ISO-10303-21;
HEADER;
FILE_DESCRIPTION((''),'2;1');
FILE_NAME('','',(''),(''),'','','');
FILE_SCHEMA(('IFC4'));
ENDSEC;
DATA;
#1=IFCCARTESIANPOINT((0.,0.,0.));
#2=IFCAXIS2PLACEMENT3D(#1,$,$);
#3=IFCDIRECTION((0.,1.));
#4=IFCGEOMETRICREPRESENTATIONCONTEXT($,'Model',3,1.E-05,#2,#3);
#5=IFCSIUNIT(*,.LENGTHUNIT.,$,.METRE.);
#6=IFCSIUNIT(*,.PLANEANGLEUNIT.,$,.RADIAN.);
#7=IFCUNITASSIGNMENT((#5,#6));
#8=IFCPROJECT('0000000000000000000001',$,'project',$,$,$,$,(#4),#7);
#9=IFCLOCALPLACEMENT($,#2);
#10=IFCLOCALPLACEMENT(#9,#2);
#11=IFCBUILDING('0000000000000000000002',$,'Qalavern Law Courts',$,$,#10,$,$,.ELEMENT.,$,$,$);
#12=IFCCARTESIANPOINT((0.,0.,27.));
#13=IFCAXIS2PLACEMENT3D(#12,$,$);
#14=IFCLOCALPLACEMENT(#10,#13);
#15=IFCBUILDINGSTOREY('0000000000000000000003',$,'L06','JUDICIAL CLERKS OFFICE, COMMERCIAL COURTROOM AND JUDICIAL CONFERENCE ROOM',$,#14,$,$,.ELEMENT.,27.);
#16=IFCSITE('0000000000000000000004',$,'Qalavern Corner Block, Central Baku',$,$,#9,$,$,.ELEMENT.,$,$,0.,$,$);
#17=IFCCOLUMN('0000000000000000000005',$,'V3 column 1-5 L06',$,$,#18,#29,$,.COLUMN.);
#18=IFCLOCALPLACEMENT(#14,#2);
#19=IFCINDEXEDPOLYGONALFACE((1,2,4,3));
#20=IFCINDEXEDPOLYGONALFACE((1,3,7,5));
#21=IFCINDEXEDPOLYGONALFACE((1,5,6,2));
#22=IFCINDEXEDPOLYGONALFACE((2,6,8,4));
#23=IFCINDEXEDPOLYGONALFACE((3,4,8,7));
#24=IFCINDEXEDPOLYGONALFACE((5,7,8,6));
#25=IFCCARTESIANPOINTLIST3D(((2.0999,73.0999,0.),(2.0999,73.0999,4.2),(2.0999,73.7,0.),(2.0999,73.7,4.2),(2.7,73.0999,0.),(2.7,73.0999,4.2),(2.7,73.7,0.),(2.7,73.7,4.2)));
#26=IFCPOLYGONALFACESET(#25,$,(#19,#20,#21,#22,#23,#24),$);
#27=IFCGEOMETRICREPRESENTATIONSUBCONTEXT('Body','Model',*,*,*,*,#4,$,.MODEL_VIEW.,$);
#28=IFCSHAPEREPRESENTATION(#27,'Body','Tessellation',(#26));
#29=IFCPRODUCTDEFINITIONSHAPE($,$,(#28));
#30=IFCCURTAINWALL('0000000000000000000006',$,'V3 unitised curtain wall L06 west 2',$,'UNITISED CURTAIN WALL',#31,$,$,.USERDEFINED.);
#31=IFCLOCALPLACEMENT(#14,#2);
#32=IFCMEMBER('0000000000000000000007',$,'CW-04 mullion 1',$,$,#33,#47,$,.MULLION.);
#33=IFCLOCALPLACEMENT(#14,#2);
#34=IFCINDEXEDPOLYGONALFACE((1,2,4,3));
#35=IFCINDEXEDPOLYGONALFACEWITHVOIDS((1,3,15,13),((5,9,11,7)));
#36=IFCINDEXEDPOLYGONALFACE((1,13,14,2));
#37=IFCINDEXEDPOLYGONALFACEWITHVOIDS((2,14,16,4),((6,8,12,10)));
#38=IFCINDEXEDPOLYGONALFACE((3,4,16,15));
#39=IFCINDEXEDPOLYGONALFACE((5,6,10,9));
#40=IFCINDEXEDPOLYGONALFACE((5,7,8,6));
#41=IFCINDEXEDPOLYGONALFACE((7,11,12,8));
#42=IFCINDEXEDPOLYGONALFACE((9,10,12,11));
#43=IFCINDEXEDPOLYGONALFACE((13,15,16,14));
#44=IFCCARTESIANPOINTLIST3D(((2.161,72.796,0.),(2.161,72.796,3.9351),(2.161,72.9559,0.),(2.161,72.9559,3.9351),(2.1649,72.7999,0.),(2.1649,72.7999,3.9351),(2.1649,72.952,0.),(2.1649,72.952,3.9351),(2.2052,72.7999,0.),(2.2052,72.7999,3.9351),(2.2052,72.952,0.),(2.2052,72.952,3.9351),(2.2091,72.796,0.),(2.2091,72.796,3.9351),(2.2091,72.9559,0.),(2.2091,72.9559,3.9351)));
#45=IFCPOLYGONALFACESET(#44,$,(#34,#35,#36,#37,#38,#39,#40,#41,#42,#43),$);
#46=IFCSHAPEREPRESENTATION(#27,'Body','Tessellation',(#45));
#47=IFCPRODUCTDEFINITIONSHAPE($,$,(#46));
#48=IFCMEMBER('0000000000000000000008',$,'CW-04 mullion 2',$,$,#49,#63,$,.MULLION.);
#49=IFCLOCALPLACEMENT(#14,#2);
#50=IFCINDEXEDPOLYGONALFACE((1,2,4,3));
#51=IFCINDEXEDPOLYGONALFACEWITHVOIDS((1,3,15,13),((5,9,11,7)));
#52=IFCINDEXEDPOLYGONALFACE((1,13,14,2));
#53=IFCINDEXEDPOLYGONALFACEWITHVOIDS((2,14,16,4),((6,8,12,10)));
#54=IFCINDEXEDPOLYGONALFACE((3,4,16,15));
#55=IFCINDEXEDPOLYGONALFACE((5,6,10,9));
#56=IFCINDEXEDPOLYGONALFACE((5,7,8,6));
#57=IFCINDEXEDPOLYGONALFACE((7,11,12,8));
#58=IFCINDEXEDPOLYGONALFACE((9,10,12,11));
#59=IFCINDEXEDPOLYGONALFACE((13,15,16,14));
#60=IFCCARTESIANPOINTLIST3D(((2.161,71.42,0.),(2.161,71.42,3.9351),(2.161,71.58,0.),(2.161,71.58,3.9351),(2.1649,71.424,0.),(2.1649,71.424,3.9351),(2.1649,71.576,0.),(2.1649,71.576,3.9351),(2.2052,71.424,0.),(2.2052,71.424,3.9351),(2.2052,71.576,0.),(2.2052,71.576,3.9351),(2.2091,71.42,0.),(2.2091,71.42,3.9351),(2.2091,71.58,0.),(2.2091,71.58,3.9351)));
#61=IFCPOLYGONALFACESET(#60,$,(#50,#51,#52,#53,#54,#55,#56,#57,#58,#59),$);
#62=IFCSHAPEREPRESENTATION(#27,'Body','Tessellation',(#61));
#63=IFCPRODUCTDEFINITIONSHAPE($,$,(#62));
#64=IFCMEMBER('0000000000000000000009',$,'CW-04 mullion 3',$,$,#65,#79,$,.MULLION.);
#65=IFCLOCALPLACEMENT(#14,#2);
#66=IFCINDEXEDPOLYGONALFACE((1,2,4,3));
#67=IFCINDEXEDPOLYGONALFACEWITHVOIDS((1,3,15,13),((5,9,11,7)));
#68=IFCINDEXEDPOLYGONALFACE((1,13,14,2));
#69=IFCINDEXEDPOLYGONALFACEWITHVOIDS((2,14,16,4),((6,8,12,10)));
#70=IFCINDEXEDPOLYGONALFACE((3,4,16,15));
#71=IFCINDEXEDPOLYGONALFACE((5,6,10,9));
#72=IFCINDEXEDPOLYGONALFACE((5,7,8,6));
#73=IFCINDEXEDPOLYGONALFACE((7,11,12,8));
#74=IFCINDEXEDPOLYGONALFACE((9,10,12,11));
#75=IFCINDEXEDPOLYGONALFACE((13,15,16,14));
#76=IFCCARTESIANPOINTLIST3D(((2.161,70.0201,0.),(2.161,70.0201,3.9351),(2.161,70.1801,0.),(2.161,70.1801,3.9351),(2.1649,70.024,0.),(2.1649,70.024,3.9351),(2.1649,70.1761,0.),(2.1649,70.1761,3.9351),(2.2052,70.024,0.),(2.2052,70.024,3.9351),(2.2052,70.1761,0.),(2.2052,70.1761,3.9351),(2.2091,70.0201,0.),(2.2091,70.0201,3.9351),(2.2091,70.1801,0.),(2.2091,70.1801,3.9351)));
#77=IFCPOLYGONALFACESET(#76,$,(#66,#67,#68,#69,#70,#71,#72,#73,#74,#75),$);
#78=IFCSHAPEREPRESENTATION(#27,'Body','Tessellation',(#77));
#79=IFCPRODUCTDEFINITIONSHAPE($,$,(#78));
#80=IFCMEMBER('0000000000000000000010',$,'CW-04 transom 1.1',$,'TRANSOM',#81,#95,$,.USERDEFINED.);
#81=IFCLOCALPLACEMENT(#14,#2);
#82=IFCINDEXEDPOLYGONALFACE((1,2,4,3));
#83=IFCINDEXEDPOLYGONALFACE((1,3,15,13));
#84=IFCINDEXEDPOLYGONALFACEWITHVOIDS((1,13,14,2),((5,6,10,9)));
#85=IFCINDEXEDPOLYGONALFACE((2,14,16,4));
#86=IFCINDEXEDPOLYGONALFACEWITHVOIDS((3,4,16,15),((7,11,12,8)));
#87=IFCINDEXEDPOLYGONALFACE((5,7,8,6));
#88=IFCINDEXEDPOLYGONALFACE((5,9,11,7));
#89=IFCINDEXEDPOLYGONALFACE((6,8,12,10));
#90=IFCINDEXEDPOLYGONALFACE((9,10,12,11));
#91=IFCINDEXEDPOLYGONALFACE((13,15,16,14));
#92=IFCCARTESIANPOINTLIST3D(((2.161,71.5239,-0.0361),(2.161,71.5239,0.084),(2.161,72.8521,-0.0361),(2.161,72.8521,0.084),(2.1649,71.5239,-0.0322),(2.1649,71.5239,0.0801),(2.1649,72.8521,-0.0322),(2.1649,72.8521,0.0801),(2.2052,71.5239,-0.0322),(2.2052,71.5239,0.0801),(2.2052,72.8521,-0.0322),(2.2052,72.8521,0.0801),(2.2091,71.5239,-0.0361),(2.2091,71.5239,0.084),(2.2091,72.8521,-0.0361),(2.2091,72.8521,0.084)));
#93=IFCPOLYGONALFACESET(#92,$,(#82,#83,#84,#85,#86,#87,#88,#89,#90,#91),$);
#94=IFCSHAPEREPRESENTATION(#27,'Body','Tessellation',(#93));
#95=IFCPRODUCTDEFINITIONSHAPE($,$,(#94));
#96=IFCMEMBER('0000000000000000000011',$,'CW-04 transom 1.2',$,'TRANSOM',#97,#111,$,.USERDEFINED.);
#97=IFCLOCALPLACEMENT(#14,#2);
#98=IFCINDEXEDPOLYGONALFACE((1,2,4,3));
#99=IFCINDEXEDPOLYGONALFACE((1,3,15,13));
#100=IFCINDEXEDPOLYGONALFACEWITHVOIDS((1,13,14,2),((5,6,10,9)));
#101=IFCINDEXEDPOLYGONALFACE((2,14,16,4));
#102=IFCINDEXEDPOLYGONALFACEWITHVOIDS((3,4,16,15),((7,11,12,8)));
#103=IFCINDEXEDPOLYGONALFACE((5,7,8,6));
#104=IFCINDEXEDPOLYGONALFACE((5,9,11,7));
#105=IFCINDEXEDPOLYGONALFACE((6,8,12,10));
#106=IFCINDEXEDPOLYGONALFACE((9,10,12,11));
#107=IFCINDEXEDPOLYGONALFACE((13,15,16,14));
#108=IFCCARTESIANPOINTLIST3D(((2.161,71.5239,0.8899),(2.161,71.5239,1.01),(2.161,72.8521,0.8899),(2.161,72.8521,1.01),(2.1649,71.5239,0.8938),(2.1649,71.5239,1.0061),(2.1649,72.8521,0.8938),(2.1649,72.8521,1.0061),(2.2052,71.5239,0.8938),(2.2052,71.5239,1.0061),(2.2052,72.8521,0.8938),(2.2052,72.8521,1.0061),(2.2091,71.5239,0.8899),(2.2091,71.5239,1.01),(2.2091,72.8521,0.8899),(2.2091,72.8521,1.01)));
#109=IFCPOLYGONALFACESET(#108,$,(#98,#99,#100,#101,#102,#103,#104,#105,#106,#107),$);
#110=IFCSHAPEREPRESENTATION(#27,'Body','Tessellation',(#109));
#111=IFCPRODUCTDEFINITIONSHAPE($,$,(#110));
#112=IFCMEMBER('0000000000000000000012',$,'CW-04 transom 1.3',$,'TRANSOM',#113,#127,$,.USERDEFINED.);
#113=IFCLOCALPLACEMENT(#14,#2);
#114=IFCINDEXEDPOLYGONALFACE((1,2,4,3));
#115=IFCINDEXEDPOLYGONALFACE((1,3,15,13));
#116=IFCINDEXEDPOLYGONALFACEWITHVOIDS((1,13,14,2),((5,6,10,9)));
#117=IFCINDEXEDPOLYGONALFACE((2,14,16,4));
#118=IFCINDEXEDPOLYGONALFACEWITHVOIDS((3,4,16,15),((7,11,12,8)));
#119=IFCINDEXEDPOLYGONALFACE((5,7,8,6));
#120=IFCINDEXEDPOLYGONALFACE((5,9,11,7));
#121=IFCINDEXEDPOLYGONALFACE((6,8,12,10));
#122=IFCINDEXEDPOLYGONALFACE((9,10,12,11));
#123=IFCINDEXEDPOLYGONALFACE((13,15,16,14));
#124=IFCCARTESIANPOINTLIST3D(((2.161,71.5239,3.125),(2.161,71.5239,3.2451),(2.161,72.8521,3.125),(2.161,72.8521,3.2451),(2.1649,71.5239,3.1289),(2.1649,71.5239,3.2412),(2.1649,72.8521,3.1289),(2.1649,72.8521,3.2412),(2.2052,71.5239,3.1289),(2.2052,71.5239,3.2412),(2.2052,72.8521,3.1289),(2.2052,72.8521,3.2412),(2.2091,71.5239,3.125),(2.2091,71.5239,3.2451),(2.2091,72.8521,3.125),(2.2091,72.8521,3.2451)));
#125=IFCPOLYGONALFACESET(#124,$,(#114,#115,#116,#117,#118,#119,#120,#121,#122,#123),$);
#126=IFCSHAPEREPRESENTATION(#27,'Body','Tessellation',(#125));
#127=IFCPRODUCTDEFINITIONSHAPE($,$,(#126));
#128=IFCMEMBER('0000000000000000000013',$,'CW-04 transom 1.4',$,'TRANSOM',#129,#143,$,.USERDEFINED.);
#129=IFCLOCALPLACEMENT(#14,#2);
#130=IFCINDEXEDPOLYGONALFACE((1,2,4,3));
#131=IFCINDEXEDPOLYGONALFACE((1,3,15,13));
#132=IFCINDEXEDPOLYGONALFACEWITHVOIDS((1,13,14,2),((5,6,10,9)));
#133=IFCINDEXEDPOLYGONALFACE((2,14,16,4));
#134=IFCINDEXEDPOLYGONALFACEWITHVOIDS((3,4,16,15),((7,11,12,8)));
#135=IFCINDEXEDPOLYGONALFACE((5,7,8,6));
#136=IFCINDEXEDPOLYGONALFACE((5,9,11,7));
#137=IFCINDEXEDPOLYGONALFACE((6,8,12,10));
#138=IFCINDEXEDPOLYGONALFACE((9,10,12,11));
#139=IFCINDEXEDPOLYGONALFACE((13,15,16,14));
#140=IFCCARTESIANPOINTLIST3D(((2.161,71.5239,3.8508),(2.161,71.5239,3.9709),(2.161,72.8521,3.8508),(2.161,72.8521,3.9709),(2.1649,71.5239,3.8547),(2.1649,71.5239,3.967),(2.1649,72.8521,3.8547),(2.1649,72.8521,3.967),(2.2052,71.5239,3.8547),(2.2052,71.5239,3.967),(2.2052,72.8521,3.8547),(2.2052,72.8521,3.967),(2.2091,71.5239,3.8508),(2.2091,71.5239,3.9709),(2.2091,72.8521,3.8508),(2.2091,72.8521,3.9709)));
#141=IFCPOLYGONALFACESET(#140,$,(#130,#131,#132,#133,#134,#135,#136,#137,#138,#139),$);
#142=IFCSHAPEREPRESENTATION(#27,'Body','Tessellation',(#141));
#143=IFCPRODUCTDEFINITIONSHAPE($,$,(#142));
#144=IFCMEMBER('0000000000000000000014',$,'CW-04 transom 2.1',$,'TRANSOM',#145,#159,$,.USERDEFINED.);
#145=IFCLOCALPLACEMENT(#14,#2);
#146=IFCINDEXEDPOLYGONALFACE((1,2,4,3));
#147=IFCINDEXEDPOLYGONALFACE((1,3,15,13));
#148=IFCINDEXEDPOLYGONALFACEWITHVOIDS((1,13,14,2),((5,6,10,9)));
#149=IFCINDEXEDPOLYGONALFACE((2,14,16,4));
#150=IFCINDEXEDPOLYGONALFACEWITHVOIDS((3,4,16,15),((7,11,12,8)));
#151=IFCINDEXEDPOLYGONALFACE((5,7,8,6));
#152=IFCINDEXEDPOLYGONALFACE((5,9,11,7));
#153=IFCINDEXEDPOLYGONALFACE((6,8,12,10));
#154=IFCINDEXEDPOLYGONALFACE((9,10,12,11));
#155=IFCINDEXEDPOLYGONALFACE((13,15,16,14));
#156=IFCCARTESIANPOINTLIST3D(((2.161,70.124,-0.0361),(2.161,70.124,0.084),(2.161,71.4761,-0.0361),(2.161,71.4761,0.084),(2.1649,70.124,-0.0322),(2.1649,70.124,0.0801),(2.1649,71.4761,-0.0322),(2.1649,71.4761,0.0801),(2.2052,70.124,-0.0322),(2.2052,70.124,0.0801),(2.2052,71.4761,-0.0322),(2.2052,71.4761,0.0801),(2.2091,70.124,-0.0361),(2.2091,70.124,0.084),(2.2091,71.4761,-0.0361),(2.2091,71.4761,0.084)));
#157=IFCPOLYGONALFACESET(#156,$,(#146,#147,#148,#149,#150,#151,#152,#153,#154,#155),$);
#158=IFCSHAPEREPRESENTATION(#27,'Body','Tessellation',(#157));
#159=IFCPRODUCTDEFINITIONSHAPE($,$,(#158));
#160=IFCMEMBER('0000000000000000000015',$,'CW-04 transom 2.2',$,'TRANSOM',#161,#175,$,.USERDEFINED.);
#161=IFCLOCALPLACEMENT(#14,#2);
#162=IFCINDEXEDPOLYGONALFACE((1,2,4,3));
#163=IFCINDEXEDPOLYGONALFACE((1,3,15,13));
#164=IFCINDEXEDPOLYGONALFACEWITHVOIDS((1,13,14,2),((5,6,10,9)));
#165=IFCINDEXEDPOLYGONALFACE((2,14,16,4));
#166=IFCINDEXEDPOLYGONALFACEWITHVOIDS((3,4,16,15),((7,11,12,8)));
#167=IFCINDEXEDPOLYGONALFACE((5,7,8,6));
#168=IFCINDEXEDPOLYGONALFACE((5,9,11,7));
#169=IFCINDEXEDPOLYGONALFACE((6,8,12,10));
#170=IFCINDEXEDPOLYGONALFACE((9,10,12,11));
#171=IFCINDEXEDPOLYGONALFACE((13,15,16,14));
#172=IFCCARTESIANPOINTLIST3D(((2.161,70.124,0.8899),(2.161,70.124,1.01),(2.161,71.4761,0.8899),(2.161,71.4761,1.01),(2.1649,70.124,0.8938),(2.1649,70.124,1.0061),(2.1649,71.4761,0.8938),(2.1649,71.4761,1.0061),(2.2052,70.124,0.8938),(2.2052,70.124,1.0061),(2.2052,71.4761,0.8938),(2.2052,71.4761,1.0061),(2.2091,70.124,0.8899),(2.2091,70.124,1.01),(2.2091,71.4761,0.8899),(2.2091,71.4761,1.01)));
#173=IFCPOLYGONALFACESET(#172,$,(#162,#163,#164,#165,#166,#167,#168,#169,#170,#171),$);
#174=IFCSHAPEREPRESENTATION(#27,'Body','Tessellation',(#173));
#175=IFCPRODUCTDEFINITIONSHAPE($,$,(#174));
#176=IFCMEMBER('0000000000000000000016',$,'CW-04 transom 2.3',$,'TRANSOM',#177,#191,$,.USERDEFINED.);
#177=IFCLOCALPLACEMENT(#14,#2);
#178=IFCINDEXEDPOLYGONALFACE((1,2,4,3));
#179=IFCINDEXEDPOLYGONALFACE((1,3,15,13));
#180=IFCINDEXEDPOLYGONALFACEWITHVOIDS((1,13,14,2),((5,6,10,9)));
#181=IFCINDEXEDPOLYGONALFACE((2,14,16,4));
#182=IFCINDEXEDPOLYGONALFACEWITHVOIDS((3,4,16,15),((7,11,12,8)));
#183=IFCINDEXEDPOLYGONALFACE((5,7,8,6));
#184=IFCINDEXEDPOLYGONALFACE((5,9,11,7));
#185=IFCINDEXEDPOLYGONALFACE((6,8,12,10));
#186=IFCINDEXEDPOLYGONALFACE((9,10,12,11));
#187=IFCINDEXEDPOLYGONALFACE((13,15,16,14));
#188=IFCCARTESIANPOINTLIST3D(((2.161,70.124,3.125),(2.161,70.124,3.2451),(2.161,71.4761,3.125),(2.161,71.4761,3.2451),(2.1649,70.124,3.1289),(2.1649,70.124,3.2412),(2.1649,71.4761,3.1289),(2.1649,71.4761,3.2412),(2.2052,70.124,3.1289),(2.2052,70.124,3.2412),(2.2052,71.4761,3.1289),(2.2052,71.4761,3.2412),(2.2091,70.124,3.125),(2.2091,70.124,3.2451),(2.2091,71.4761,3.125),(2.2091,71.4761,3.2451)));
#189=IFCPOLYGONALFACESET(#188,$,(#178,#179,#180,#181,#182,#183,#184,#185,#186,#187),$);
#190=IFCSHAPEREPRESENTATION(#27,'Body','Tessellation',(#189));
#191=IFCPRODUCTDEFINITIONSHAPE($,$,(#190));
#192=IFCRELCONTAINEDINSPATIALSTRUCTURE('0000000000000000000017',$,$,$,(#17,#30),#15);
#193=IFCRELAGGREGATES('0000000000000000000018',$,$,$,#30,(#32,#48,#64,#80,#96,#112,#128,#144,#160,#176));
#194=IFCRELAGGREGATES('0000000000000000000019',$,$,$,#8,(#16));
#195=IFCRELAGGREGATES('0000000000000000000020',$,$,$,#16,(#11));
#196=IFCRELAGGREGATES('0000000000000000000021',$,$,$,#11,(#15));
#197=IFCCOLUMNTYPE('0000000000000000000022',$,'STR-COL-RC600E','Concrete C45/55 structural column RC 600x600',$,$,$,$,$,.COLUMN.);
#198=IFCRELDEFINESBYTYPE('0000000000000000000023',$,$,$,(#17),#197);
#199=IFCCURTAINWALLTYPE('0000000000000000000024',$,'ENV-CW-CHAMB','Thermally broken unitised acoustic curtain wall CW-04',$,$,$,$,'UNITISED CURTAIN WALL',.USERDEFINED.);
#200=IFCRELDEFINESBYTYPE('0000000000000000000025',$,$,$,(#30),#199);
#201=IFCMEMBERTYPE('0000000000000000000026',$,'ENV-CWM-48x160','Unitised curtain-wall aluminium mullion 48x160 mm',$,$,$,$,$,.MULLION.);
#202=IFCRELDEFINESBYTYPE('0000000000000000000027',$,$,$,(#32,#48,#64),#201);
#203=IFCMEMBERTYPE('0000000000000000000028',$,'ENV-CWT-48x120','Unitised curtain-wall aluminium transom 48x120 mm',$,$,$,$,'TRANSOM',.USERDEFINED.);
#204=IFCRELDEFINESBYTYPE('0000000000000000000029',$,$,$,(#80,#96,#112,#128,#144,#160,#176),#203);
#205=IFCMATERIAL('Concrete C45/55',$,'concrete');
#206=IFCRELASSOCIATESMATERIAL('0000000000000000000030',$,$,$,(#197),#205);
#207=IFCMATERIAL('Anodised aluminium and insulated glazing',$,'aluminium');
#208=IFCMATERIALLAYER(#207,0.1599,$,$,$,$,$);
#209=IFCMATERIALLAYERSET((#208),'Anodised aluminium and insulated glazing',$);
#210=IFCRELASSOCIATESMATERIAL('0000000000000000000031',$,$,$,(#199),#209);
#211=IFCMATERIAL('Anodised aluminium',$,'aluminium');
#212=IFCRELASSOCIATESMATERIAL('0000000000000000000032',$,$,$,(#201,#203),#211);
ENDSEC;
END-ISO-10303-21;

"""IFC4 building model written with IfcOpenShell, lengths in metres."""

from ifc_helpers import new_model, si_unit, direction, frame, origin, origin_2d, place, context, subcontext, project, spatial, rectangle, hollow_rectangle, extrude, material, layer, layer_set, material_profile, profile_set, type_object, element, aggregate, save


model = new_model("IFC4")

# Units and contexts
model_context = context("Model", 3, precision=1e-05, world=origin(), true_north=direction((0.0, 1.0)))
body_context = subcontext(model_context, "Body", "Model", "MODEL_VIEW")
ifc_project = project(units=[si_unit("LENGTHUNIT", "METRE"), si_unit("PLANEANGLEUNIT", "RADIAN")], contexts=[model_context])

# Site, building, storey
site_placement = place(None, origin())
site = spatial("IfcSite", under=ifc_project, at=site_placement, Name="Qalavern Corner Block, Central Baku", CompositionType="ELEMENT", RefElevation=0.0)
building_placement = place(site_placement, origin())
building = spatial("IfcBuilding", under=site, at=building_placement, Name="Qalavern Law Courts", CompositionType="ELEMENT")
storey_placement = place(building_placement, frame((0.0, 0.0, 27.0)))
storey = spatial("IfcBuildingStorey", under=building, at=storey_placement, Name="L06", Description="JUDICIAL CLERKS OFFICE, COMMERCIAL COURTROOM AND JUDICIAL CONFERENCE ROOM", CompositionType="ELEMENT", Elevation=27.0)

# Column
ifc_material_1 = material(Name="Concrete C45/55", Category="concrete")
ifc_material_profile_1 = material_profile(ifc_material_1, rectangle(XDim=0.6001, YDim=0.6001, at=origin_2d()), Name="RC 600x600")
ifc_profile_set_1 = profile_set([ifc_material_profile_1], Name="Concrete C45/55")
column_type = type_object("IfcColumnType", Name="STR-COL-RC600E", Description="Concrete C45/55 structural column RC 600x600", PredefinedType="COLUMN", material=ifc_profile_set_1)
column_placement = place(storey_placement, frame((2.3999, 73.3999, 0.0), z_axis=(0.0, 0.0, 1.0), x_axis=(1.0, 0.0, 0.0)))
element("IfcColumn", 1, at=column_placement, inside=storey, type_object=column_type, Name="V3 column 1-5 L06", PredefinedType="COLUMN", context=body_context, shape_type="SweptSolid", body=[
    extrude(rectangle(XDim=0.6001, YDim=0.6001, at=origin_2d()), origin(), (0.0, 0.0, 1.0), 4.2),
])

# Curtain wall, members
ifc_material_2 = material(Name="Anodised aluminium and insulated glazing", Category="aluminium")
ifc_layer_1 = layer(ifc_material_2, 0.1599)
ifc_layer_set_1 = layer_set([ifc_layer_1], Name="Anodised aluminium and insulated glazing")
curtain_wall_type = type_object("IfcCurtainWallType", Name="ENV-CW-CHAMB", Description="Thermally broken unitised acoustic curtain wall CW-04", ElementType="UNITISED CURTAIN WALL", PredefinedType="USERDEFINED", material=ifc_layer_set_1)
curtain_wall_placement = place(storey_placement, origin())
curtain_wall = element("IfcCurtainWall", 2, at=curtain_wall_placement, inside=storey, type_object=curtain_wall_type, Name="V3 unitised curtain wall L06 west 2", ObjectType="UNITISED CURTAIN WALL", PredefinedType="USERDEFINED")
ifc_material_3 = material(Name="Anodised aluminium", Category="aluminium")
ifc_material_profile_2 = material_profile(ifc_material_3, hollow_rectangle(XDim=0.0481, YDim=0.1599, WallThickness=0.0039, at=origin_2d()), Name="ALU MULLION 48x160")
ifc_profile_set_2 = profile_set([ifc_material_profile_2], Name="Anodised aluminium")
member_type_1 = type_object("IfcMemberType", Name="ENV-CWM-48x160", Description="Unitised curtain-wall aluminium mullion 48x160 mm", PredefinedType="MULLION", material=ifc_profile_set_2)
member_1_placement = place(storey_placement, frame((2.1851, 72.876, 0.0), z_axis=(0.0, 0.0, 1.0), x_axis=(1.0, 0.0, 0.0)))
member_1 = element("IfcMember", 3, at=member_1_placement, type_object=member_type_1, Name="CW-04 mullion 1", PredefinedType="MULLION", context=body_context, shape_type="SweptSolid", body=[
    extrude(hollow_rectangle(XDim=0.0481, YDim=0.1599, WallThickness=0.0039, at=origin_2d()), origin(), (0.0, 0.0, 1.0), 3.9351),
])
member_2_placement = place(storey_placement, frame((2.1851, 71.5, 0.0), z_axis=(0.0, 0.0, 1.0), x_axis=(1.0, 0.0, 0.0)))
member_2 = element("IfcMember", 4, at=member_2_placement, type_object=member_type_1, Name="CW-04 mullion 2", PredefinedType="MULLION", context=body_context, shape_type="SweptSolid", body=[
    extrude(hollow_rectangle(XDim=0.0481, YDim=0.1599, WallThickness=0.0039, at=origin_2d()), origin(), (0.0, 0.0, 1.0), 3.9351),
])
member_3_placement = place(storey_placement, frame((2.1851, 70.1001, 0.0), z_axis=(0.0, 0.0, 1.0), x_axis=(1.0, 0.0, 0.0)))
member_3 = element("IfcMember", 5, at=member_3_placement, type_object=member_type_1, Name="CW-04 mullion 3", PredefinedType="MULLION", context=body_context, shape_type="SweptSolid", body=[
    extrude(hollow_rectangle(XDim=0.0481, YDim=0.1599, WallThickness=0.0039, at=origin_2d()), origin(), (0.0, 0.0, 1.0), 3.9351),
])
ifc_material_profile_3 = material_profile(ifc_material_3, hollow_rectangle(XDim=0.0481, YDim=0.1201, WallThickness=0.0039, at=origin_2d()), Name="ALU TRANSOM 48x120")
ifc_profile_set_3 = profile_set([ifc_material_profile_3], Name="Anodised aluminium")
member_type_2 = type_object("IfcMemberType", Name="ENV-CWT-48x120", Description="Unitised curtain-wall aluminium transom 48x120 mm", ElementType="TRANSOM", PredefinedType="USERDEFINED", material=ifc_profile_set_3)
member_4_placement = place(storey_placement, frame((2.1851, 72.8521, 0.0239), z_axis=(0.0, -1.0, 0.0), x_axis=(1.0, 0.0, 0.0)))
member_4 = element("IfcMember", 6, at=member_4_placement, type_object=member_type_2, Name="CW-04 transom 1.1", ObjectType="TRANSOM", PredefinedType="USERDEFINED", context=body_context, shape_type="SweptSolid", body=[
    extrude(hollow_rectangle(XDim=0.0481, YDim=0.1201, WallThickness=0.0039, at=origin_2d()), origin(), (0.0, 0.0, 1.0), 1.3281),
])
member_5_placement = place(storey_placement, frame((2.1851, 72.8521, 0.95), z_axis=(0.0, -1.0, 0.0), x_axis=(1.0, 0.0, 0.0)))
member_5 = element("IfcMember", 7, at=member_5_placement, type_object=member_type_2, Name="CW-04 transom 1.2", ObjectType="TRANSOM", PredefinedType="USERDEFINED", context=body_context, shape_type="SweptSolid", body=[
    extrude(hollow_rectangle(XDim=0.0481, YDim=0.1201, WallThickness=0.0039, at=origin_2d()), origin(), (0.0, 0.0, 1.0), 1.3281),
])
member_6_placement = place(storey_placement, frame((2.1851, 72.8521, 3.1851), z_axis=(0.0, -1.0, 0.0), x_axis=(1.0, 0.0, 0.0)))
member_6 = element("IfcMember", 8, at=member_6_placement, type_object=member_type_2, Name="CW-04 transom 1.3", ObjectType="TRANSOM", PredefinedType="USERDEFINED", context=body_context, shape_type="SweptSolid", body=[
    extrude(hollow_rectangle(XDim=0.0481, YDim=0.1201, WallThickness=0.0039, at=origin_2d()), origin(), (0.0, 0.0, 1.0), 1.3281),
])
member_7_placement = place(storey_placement, frame((2.1851, 72.8521, 3.9109), z_axis=(0.0, -1.0, 0.0), x_axis=(1.0, 0.0, 0.0)))
member_7 = element("IfcMember", 9, at=member_7_placement, type_object=member_type_2, Name="CW-04 transom 1.4", ObjectType="TRANSOM", PredefinedType="USERDEFINED", context=body_context, shape_type="SweptSolid", body=[
    extrude(hollow_rectangle(XDim=0.0481, YDim=0.1201, WallThickness=0.0039, at=origin_2d()), origin(), (0.0, 0.0, 1.0), 1.3281),
])
member_8_placement = place(storey_placement, frame((2.1851, 71.4761, 0.0239), z_axis=(0.0, -1.0, 0.0), x_axis=(1.0, 0.0, 0.0)))
member_8 = element("IfcMember", 10, at=member_8_placement, type_object=member_type_2, Name="CW-04 transom 2.1", ObjectType="TRANSOM", PredefinedType="USERDEFINED", context=body_context, shape_type="SweptSolid", body=[
    extrude(hollow_rectangle(XDim=0.0481, YDim=0.1201, WallThickness=0.0039, at=origin_2d()), origin(), (0.0, 0.0, 1.0), 1.3521),
])
member_9_placement = place(storey_placement, frame((2.1851, 71.4761, 0.95), z_axis=(0.0, -1.0, 0.0), x_axis=(1.0, 0.0, 0.0)))
member_9 = element("IfcMember", 11, at=member_9_placement, type_object=member_type_2, Name="CW-04 transom 2.2", ObjectType="TRANSOM", PredefinedType="USERDEFINED", context=body_context, shape_type="SweptSolid", body=[
    extrude(hollow_rectangle(XDim=0.0481, YDim=0.1201, WallThickness=0.0039, at=origin_2d()), origin(), (0.0, 0.0, 1.0), 1.3521),
])
member_10_placement = place(storey_placement, frame((2.1851, 71.4761, 3.1851), z_axis=(0.0, -1.0, 0.0), x_axis=(1.0, 0.0, 0.0)))
member_10 = element("IfcMember", 12, at=member_10_placement, type_object=member_type_2, Name="CW-04 transom 2.3", ObjectType="TRANSOM", PredefinedType="USERDEFINED", context=body_context, shape_type="SweptSolid", body=[
    extrude(hollow_rectangle(XDim=0.0481, YDim=0.1201, WallThickness=0.0039, at=origin_2d()), origin(), (0.0, 0.0, 1.0), 1.3521),
])

aggregate(curtain_wall, [member_1, member_2, member_3, member_4, member_5, member_6, member_7, member_8, member_9, member_10])

save(model, "model.ifc")
